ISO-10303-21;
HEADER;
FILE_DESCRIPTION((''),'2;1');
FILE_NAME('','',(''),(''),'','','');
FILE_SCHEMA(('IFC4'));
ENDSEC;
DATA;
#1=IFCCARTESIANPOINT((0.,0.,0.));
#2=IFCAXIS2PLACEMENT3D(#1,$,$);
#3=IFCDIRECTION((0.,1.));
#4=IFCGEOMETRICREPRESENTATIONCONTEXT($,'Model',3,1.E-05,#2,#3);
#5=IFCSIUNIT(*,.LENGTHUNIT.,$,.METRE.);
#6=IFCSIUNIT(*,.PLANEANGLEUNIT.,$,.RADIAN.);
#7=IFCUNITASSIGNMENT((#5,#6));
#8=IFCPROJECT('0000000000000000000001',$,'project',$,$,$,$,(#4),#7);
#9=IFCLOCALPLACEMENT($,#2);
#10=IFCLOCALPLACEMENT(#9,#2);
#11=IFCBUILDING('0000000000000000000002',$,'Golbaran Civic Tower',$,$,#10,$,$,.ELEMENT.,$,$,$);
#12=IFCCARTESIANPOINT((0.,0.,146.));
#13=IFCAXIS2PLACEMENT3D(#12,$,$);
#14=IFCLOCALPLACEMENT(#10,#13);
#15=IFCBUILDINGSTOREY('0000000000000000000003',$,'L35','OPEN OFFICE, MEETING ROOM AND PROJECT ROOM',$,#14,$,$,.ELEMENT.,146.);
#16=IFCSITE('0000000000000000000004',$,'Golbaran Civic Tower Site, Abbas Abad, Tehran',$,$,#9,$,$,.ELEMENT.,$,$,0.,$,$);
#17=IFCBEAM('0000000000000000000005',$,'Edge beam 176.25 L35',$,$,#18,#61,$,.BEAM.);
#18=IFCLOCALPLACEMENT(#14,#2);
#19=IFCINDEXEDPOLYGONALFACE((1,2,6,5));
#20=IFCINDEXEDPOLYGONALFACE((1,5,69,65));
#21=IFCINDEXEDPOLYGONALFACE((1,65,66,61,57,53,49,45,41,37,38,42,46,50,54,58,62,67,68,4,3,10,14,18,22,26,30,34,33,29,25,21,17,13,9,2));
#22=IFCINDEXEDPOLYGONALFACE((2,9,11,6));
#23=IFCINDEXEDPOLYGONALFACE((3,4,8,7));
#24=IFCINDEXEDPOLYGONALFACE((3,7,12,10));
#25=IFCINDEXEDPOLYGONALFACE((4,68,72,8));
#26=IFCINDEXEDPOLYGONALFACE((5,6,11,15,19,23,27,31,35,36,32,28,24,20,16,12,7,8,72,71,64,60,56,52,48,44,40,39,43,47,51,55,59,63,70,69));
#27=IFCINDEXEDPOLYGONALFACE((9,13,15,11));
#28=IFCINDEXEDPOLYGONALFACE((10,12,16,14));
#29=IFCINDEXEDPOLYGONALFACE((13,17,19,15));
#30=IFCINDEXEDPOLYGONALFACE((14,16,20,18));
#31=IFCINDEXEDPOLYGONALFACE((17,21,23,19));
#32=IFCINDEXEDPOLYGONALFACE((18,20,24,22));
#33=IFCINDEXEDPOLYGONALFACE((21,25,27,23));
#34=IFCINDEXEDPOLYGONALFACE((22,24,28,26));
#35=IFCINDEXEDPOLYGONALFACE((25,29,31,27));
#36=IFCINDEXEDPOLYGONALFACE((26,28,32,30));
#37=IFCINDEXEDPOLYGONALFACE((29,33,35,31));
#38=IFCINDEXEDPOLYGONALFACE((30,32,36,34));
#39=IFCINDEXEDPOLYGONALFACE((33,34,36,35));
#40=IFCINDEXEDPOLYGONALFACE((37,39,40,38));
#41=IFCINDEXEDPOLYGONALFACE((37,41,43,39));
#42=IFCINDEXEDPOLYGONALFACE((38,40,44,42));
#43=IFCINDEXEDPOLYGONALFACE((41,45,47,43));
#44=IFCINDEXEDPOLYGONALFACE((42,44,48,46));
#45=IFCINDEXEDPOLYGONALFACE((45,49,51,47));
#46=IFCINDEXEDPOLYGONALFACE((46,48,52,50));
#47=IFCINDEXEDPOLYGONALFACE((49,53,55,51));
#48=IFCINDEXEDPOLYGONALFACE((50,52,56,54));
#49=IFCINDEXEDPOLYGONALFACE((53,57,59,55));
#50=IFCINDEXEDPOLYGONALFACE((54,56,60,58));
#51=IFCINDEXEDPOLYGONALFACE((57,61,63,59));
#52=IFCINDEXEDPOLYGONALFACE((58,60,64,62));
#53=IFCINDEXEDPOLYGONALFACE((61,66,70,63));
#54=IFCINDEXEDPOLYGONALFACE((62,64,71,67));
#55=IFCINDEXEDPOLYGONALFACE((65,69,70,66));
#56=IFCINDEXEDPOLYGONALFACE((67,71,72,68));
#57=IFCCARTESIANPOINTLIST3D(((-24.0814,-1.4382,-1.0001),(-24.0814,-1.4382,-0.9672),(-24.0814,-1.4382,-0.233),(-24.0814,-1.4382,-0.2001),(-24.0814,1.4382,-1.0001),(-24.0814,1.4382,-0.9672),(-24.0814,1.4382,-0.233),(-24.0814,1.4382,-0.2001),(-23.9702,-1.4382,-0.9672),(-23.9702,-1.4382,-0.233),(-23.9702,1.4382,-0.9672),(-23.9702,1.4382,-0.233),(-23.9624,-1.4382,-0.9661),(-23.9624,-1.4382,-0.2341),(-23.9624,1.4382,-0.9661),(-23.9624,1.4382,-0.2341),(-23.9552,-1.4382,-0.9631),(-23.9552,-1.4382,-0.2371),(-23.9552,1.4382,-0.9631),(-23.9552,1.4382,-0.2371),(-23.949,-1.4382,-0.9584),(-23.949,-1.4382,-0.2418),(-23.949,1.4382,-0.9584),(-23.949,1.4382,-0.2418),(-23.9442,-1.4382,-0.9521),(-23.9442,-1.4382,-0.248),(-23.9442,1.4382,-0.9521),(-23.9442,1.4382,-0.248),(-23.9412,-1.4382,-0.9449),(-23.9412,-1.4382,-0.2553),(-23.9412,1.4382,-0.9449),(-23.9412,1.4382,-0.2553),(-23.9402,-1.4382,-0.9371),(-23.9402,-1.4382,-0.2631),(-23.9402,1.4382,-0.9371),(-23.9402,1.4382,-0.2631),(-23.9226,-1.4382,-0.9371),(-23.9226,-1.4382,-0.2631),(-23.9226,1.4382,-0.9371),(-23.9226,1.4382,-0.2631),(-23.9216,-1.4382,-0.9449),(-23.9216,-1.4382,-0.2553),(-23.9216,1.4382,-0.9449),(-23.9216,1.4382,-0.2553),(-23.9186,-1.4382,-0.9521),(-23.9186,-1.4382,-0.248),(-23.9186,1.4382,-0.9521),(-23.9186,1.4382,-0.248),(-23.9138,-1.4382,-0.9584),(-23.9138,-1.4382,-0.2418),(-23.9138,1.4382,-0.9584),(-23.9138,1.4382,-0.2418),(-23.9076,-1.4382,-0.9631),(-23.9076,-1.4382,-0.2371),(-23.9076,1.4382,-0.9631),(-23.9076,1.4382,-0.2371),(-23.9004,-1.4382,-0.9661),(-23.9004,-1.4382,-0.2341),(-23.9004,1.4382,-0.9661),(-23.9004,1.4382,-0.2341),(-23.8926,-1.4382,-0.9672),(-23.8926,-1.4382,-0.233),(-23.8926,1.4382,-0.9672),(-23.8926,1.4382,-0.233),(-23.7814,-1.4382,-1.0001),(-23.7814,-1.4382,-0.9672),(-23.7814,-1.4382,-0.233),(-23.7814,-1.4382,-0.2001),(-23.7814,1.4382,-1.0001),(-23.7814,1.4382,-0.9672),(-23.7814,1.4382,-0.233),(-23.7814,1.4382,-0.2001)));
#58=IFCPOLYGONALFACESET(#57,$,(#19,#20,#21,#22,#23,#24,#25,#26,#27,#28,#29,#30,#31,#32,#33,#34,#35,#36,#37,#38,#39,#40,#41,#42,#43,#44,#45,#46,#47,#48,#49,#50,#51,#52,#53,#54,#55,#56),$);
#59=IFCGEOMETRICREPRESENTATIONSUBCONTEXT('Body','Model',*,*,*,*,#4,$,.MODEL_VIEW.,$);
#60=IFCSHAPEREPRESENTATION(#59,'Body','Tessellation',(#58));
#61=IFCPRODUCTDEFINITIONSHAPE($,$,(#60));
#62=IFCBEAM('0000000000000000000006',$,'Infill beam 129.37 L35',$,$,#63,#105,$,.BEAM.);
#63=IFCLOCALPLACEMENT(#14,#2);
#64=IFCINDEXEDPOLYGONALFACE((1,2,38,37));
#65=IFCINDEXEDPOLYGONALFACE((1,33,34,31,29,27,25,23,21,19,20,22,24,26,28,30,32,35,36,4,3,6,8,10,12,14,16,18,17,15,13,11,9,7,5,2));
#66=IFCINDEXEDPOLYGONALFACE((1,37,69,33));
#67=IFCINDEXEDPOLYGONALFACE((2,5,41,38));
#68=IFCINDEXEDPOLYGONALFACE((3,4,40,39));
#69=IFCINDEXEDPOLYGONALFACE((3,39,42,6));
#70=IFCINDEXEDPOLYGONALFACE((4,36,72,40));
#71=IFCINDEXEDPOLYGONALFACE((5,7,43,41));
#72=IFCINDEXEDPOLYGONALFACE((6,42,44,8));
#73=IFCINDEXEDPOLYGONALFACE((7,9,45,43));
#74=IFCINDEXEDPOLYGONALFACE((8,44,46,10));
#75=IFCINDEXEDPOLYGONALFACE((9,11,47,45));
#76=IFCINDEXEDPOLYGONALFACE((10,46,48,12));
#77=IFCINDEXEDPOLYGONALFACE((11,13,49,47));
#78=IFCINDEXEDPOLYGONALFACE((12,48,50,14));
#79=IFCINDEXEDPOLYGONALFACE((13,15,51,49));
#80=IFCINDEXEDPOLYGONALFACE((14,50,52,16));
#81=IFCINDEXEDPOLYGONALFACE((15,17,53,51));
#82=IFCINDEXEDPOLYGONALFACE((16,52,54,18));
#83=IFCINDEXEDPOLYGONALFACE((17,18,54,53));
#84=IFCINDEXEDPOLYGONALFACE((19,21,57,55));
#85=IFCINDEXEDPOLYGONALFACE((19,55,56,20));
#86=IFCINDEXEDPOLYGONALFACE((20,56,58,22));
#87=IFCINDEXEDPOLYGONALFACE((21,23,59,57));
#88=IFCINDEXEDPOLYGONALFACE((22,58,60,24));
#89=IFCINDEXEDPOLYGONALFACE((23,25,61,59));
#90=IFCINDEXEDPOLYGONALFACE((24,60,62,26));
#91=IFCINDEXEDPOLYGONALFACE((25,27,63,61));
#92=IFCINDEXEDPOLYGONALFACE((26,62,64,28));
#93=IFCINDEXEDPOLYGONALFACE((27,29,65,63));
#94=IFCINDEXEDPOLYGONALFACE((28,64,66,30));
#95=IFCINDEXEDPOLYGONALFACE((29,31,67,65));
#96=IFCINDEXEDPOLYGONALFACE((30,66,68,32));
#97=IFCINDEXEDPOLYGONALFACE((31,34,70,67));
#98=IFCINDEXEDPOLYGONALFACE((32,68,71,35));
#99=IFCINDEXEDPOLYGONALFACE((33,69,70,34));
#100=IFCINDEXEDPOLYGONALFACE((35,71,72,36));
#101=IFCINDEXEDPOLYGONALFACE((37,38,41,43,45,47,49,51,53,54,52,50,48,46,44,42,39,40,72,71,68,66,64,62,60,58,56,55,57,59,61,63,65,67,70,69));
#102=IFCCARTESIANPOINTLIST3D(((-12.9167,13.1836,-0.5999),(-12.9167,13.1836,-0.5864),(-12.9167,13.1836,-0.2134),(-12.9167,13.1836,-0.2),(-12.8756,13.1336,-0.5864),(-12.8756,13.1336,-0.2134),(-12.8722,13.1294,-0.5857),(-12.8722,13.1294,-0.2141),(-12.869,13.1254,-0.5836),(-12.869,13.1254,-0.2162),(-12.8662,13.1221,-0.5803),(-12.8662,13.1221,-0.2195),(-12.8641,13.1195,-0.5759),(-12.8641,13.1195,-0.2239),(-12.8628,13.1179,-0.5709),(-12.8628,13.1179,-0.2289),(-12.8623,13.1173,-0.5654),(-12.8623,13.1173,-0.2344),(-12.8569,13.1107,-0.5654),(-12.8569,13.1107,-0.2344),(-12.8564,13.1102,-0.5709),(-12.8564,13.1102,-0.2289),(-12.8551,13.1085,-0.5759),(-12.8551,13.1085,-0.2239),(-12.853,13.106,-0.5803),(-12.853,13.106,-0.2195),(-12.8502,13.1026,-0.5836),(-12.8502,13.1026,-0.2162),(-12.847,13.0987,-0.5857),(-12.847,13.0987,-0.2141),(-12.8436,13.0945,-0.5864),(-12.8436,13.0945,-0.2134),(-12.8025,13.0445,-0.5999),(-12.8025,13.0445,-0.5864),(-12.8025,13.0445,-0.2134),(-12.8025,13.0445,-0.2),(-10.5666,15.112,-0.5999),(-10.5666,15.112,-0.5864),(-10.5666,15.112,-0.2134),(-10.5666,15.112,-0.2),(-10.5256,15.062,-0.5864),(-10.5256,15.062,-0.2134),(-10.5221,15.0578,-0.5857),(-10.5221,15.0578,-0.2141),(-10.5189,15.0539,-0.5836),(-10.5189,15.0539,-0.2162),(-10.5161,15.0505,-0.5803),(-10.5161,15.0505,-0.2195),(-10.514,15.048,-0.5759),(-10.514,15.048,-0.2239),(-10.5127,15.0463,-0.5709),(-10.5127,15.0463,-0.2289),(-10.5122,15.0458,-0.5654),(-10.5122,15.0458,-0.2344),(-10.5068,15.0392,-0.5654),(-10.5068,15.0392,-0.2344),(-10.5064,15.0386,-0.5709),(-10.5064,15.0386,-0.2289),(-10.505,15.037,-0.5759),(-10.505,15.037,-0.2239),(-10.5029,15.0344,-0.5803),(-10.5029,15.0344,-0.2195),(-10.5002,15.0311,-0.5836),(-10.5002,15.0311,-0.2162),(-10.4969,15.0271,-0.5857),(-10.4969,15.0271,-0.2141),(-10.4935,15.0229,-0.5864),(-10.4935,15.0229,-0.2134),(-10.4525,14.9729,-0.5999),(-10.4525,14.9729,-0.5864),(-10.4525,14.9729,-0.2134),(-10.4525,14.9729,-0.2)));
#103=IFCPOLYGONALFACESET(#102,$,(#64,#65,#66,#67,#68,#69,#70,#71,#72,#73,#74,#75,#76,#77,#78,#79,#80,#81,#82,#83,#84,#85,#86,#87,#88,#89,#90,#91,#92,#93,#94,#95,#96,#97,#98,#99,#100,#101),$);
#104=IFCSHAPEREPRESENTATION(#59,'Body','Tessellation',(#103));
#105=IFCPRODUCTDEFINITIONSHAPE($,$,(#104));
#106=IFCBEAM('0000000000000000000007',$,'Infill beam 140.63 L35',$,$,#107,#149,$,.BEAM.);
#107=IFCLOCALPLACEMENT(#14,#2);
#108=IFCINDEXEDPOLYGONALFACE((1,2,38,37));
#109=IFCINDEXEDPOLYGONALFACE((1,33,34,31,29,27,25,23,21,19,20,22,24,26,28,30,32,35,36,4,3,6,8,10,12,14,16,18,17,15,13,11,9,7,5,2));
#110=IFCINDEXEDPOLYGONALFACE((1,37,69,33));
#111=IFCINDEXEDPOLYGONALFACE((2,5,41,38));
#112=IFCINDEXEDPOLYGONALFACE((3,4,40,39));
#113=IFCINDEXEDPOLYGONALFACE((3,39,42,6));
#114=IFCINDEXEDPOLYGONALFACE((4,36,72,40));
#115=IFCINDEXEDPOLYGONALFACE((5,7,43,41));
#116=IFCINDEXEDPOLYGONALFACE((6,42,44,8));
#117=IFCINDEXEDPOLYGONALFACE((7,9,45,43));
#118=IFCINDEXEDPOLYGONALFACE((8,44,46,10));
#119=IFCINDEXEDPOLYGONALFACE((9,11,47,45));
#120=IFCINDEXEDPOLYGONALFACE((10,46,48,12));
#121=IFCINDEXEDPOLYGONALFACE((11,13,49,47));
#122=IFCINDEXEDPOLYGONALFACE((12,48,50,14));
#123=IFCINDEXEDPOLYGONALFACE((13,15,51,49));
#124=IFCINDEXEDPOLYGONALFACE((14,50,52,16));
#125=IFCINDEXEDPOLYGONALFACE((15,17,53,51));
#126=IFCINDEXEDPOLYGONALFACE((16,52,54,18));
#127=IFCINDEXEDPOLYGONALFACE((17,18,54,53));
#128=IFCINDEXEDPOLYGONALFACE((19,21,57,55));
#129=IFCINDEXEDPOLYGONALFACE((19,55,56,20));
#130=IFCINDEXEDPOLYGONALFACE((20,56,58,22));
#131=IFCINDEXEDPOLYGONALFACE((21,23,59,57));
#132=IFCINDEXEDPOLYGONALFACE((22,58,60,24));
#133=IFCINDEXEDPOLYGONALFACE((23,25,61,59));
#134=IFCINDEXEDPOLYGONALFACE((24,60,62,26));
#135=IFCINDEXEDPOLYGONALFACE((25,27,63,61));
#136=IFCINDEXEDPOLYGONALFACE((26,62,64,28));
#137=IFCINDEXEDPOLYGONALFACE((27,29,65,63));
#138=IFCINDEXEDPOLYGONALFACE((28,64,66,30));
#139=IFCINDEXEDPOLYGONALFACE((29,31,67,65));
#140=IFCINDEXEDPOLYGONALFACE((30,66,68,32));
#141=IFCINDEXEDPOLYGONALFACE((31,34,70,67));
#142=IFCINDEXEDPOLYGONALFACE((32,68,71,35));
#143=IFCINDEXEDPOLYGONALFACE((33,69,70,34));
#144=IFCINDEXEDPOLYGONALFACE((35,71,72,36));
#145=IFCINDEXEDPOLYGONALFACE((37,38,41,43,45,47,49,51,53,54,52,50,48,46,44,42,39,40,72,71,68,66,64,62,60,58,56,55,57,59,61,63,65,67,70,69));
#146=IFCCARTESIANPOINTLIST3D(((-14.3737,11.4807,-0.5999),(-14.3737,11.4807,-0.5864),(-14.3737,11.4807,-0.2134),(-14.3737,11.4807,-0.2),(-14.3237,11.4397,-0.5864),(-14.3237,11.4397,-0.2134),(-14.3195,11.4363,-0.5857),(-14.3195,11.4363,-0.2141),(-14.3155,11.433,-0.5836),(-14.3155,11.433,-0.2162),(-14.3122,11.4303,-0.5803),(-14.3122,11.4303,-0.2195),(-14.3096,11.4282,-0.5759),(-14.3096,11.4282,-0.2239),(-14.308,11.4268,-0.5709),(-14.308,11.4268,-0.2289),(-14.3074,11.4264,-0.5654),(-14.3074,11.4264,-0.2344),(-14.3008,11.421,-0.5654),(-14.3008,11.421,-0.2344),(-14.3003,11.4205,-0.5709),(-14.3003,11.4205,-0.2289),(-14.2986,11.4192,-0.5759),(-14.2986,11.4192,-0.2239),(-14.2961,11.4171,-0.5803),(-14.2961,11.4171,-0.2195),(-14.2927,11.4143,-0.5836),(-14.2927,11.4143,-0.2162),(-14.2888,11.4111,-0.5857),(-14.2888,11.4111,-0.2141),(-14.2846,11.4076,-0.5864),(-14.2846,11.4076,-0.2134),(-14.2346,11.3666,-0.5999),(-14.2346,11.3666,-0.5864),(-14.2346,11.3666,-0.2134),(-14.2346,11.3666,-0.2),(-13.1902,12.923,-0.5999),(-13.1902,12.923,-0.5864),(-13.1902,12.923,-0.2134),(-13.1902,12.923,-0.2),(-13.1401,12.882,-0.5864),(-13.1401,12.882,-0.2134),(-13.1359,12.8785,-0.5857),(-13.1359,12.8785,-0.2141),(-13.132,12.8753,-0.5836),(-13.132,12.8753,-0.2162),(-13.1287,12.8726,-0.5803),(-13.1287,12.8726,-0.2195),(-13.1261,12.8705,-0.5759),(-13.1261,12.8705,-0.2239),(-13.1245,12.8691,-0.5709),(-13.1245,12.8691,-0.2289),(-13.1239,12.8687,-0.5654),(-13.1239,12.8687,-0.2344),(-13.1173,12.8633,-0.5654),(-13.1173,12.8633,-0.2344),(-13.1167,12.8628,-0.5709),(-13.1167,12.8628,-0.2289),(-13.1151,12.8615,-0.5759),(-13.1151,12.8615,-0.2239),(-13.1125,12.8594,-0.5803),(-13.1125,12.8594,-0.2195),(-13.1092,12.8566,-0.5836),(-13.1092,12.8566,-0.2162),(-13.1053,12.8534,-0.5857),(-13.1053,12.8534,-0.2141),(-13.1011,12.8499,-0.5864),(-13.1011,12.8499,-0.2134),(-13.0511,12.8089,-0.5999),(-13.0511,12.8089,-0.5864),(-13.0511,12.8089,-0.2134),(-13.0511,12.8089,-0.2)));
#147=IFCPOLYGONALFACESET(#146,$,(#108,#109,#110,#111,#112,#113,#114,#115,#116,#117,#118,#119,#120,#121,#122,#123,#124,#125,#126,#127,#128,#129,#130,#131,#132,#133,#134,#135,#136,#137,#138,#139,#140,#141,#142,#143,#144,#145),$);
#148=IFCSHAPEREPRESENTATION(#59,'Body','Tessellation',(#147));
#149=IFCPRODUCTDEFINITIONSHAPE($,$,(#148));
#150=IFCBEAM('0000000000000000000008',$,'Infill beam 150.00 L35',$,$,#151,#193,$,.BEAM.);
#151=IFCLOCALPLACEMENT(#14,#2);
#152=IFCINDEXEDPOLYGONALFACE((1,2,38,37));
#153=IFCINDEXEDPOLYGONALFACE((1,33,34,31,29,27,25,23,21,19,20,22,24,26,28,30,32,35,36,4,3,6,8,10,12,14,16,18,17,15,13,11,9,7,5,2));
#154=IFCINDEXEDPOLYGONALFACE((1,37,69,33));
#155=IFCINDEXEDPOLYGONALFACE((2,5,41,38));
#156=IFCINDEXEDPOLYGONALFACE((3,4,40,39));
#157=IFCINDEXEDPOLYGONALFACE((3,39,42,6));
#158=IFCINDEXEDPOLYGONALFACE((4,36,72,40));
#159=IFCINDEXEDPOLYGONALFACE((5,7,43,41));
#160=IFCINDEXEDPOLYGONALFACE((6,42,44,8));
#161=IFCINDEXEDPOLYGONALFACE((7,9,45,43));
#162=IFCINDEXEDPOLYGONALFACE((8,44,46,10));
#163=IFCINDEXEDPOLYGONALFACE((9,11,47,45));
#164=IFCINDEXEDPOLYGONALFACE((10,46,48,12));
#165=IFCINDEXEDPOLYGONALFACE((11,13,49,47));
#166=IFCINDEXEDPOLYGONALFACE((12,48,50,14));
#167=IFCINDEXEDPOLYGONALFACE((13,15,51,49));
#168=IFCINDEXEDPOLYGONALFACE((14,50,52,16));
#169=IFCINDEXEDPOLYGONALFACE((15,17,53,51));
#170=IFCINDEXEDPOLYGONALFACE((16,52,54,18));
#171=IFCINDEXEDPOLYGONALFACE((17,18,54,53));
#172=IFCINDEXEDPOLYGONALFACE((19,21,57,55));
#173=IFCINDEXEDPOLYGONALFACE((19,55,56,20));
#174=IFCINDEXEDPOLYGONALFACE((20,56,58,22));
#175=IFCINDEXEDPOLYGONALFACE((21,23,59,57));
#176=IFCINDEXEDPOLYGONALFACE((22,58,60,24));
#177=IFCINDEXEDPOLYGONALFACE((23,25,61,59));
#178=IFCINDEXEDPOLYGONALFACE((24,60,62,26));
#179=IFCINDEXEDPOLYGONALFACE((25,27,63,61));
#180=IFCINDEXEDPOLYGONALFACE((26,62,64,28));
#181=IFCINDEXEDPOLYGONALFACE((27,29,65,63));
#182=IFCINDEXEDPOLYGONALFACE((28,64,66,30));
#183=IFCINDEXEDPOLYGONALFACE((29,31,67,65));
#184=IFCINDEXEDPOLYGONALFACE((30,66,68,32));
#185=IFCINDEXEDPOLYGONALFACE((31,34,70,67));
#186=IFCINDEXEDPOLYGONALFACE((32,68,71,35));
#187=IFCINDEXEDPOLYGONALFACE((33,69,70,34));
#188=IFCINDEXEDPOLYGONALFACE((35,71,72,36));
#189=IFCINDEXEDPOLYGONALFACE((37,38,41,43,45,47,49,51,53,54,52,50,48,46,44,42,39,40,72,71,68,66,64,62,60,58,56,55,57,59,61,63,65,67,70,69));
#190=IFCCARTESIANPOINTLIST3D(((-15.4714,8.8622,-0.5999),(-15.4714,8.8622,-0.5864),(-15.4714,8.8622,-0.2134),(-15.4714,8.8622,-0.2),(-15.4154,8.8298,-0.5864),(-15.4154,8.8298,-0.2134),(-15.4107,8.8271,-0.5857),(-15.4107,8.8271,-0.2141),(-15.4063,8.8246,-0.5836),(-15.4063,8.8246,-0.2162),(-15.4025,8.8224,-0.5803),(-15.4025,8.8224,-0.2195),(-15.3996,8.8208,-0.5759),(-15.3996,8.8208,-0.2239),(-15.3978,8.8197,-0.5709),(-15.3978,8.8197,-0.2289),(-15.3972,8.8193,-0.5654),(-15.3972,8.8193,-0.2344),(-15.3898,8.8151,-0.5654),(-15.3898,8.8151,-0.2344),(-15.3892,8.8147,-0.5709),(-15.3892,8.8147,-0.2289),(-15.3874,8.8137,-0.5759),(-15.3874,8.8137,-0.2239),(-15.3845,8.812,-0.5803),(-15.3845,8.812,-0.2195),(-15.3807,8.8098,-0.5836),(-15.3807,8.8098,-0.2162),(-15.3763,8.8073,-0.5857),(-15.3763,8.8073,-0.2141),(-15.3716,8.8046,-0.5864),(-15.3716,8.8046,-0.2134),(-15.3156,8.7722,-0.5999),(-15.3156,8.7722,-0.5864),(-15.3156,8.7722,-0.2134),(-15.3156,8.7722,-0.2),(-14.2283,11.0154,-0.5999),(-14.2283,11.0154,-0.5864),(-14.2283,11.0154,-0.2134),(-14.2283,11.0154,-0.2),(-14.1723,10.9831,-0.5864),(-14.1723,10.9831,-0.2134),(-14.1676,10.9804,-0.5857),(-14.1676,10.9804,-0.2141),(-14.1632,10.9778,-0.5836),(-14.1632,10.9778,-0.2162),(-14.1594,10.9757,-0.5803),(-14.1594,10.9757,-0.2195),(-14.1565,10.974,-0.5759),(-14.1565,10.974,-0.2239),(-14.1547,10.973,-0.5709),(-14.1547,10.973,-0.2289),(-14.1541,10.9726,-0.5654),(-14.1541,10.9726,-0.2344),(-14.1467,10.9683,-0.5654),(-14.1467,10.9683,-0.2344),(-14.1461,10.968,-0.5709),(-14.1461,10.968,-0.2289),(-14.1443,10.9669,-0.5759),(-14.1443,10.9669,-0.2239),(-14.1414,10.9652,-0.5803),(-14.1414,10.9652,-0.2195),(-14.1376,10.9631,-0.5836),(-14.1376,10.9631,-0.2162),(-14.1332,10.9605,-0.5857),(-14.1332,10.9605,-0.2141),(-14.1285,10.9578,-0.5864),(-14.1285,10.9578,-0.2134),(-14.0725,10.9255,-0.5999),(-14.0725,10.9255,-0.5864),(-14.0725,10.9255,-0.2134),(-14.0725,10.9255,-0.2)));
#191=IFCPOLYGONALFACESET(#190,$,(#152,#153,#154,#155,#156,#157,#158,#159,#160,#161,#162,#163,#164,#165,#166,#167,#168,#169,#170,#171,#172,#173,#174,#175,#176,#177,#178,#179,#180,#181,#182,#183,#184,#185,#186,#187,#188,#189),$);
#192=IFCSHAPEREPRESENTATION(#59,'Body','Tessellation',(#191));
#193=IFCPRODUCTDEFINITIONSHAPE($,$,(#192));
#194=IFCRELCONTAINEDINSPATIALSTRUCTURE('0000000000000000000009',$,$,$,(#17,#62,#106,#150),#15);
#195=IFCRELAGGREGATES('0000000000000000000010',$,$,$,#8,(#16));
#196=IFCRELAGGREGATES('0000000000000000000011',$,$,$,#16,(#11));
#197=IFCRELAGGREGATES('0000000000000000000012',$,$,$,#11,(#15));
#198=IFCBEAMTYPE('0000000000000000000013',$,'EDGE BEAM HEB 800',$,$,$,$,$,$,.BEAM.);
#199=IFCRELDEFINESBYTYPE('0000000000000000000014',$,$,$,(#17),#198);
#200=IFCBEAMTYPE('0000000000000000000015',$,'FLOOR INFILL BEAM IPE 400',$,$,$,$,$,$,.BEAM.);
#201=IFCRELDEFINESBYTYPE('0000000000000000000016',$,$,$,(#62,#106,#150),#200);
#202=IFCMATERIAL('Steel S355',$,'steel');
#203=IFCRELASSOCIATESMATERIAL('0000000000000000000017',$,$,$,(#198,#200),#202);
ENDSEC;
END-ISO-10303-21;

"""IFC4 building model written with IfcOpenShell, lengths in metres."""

from ifc_helpers import new_model, si_unit, direction, frame, origin, origin_2d, place, context, subcontext, project, spatial, i_section, extrude, material, material_profile, profile_set, type_object, element, save


model = new_model("IFC4")

# Units and contexts
model_context = context("Model", 3, precision=1e-05, world=origin(), true_north=direction((0.0, 1.0)))
body_context = subcontext(model_context, "Body", "Model", "MODEL_VIEW")
ifc_project = project(units=[si_unit("LENGTHUNIT", "METRE"), si_unit("PLANEANGLEUNIT", "RADIAN")], contexts=[model_context])

# Site, building, storey
site_placement = place(None, origin())
site = spatial("IfcSite", under=ifc_project, at=site_placement, Name="Golbaran Civic Tower Site, Abbas Abad, Tehran", CompositionType="ELEMENT", RefElevation=0.0)
building_placement = place(site_placement, origin())
building = spatial("IfcBuilding", under=site, at=building_placement, Name="Golbaran Civic Tower", CompositionType="ELEMENT")
storey_placement = place(building_placement, frame((0.0, 0.0, 146.0)))
storey = spatial("IfcBuildingStorey", under=building, at=storey_placement, Name="L35", Description="OPEN OFFICE, MEETING ROOM AND PROJECT ROOM", CompositionType="ELEMENT", Elevation=146.0)

# Beams
ifc_material_1 = material(Name="Steel S355", Category="steel")
ifc_material_profile_1 = material_profile(ifc_material_1, i_section(OverallWidth=0.3, OverallDepth=0.8, WebThickness=0.0176, FlangeThickness=0.033, FilletRadius=0.03, at=origin_2d()), Name="HEB 800")
ifc_profile_set_1 = profile_set([ifc_material_profile_1], Name="Steel S355")
beam_type_1 = type_object("IfcBeamType", Name="EDGE BEAM HEB 800", PredefinedType="BEAM", material=ifc_profile_set_1)
beam_1_placement = place(storey_placement, frame((-23.9314, 1.4382, -0.6001), z_axis=(0.0, -1.0, 0.0), x_axis=(1.0, 0.0, 0.0)))
element("IfcBeam", 1, at=beam_1_placement, inside=storey, type_object=beam_type_1, Name="Edge beam 176.25 L35", PredefinedType="BEAM", context=body_context, shape_type="SweptSolid", body=[
    extrude(i_section(OverallWidth=0.3, OverallDepth=0.8, WebThickness=0.0176, FlangeThickness=0.033, FilletRadius=0.03, at=origin_2d()), origin(), (0.0, 0.0, 1.0), 2.8765),
])
ifc_material_profile_2 = material_profile(ifc_material_1, i_section(OverallWidth=0.1799, OverallDepth=0.3999, WebThickness=0.0085, FlangeThickness=0.0134, FilletRadius=0.021, at=origin_2d()), Name="IPE 400")
ifc_profile_set_2 = profile_set([ifc_material_profile_2], Name="Steel S355")
beam_type_2 = type_object("IfcBeamType", Name="FLOOR INFILL BEAM IPE 400", PredefinedType="BEAM", material=ifc_profile_set_2)
beam_2_placement = place(storey_placement, frame((-10.5095, 15.0425, -0.3999), z_axis=(-0.773044, -0.634352, 0.0), x_axis=(0.634352, -0.773044, 0.0)))
element("IfcBeam", 2, at=beam_2_placement, inside=storey, type_object=beam_type_2, Name="Infill beam 129.37 L35", PredefinedType="BEAM", context=body_context, shape_type="SweptSolid", body=[
    extrude(i_section(OverallWidth=0.1799, OverallDepth=0.3999, WebThickness=0.0085, FlangeThickness=0.0134, FilletRadius=0.021, at=origin_2d()), origin(), (0.0, 0.0, 1.0), 3.04),
])
beam_3_placement = place(storey_placement, frame((-13.1206, 12.866, -0.3999), z_axis=(-0.634349, -0.773047, 0.0), x_axis=(0.773047, -0.634349, 0.0)))
element("IfcBeam", 3, at=beam_3_placement, inside=storey, type_object=beam_type_2, Name="Infill beam 140.63 L35", PredefinedType="BEAM", context=body_context, shape_type="SweptSolid", body=[
    extrude(i_section(OverallWidth=0.1799, OverallDepth=0.3999, WebThickness=0.0085, FlangeThickness=0.0134, FilletRadius=0.021, at=origin_2d()), origin(), (0.0, 0.0, 1.0), 1.8657),
])
beam_4_placement = place(storey_placement, frame((-14.1504, 10.9705, -0.3999), z_axis=(-0.499983, -0.866035, 0.0), x_axis=(0.866035, -0.499983, 0.0)))
element("IfcBeam", 4, at=beam_4_placement, inside=storey, type_object=beam_type_2, Name="Infill beam 150.00 L35", PredefinedType="BEAM", context=body_context, shape_type="SweptSolid", body=[
    extrude(i_section(OverallWidth=0.1799, OverallDepth=0.3999, WebThickness=0.0085, FlangeThickness=0.0134, FilletRadius=0.021, at=origin_2d()), origin(), (0.0, 0.0, 1.0), 2.4863),
])

save(model, "model.ifc")
